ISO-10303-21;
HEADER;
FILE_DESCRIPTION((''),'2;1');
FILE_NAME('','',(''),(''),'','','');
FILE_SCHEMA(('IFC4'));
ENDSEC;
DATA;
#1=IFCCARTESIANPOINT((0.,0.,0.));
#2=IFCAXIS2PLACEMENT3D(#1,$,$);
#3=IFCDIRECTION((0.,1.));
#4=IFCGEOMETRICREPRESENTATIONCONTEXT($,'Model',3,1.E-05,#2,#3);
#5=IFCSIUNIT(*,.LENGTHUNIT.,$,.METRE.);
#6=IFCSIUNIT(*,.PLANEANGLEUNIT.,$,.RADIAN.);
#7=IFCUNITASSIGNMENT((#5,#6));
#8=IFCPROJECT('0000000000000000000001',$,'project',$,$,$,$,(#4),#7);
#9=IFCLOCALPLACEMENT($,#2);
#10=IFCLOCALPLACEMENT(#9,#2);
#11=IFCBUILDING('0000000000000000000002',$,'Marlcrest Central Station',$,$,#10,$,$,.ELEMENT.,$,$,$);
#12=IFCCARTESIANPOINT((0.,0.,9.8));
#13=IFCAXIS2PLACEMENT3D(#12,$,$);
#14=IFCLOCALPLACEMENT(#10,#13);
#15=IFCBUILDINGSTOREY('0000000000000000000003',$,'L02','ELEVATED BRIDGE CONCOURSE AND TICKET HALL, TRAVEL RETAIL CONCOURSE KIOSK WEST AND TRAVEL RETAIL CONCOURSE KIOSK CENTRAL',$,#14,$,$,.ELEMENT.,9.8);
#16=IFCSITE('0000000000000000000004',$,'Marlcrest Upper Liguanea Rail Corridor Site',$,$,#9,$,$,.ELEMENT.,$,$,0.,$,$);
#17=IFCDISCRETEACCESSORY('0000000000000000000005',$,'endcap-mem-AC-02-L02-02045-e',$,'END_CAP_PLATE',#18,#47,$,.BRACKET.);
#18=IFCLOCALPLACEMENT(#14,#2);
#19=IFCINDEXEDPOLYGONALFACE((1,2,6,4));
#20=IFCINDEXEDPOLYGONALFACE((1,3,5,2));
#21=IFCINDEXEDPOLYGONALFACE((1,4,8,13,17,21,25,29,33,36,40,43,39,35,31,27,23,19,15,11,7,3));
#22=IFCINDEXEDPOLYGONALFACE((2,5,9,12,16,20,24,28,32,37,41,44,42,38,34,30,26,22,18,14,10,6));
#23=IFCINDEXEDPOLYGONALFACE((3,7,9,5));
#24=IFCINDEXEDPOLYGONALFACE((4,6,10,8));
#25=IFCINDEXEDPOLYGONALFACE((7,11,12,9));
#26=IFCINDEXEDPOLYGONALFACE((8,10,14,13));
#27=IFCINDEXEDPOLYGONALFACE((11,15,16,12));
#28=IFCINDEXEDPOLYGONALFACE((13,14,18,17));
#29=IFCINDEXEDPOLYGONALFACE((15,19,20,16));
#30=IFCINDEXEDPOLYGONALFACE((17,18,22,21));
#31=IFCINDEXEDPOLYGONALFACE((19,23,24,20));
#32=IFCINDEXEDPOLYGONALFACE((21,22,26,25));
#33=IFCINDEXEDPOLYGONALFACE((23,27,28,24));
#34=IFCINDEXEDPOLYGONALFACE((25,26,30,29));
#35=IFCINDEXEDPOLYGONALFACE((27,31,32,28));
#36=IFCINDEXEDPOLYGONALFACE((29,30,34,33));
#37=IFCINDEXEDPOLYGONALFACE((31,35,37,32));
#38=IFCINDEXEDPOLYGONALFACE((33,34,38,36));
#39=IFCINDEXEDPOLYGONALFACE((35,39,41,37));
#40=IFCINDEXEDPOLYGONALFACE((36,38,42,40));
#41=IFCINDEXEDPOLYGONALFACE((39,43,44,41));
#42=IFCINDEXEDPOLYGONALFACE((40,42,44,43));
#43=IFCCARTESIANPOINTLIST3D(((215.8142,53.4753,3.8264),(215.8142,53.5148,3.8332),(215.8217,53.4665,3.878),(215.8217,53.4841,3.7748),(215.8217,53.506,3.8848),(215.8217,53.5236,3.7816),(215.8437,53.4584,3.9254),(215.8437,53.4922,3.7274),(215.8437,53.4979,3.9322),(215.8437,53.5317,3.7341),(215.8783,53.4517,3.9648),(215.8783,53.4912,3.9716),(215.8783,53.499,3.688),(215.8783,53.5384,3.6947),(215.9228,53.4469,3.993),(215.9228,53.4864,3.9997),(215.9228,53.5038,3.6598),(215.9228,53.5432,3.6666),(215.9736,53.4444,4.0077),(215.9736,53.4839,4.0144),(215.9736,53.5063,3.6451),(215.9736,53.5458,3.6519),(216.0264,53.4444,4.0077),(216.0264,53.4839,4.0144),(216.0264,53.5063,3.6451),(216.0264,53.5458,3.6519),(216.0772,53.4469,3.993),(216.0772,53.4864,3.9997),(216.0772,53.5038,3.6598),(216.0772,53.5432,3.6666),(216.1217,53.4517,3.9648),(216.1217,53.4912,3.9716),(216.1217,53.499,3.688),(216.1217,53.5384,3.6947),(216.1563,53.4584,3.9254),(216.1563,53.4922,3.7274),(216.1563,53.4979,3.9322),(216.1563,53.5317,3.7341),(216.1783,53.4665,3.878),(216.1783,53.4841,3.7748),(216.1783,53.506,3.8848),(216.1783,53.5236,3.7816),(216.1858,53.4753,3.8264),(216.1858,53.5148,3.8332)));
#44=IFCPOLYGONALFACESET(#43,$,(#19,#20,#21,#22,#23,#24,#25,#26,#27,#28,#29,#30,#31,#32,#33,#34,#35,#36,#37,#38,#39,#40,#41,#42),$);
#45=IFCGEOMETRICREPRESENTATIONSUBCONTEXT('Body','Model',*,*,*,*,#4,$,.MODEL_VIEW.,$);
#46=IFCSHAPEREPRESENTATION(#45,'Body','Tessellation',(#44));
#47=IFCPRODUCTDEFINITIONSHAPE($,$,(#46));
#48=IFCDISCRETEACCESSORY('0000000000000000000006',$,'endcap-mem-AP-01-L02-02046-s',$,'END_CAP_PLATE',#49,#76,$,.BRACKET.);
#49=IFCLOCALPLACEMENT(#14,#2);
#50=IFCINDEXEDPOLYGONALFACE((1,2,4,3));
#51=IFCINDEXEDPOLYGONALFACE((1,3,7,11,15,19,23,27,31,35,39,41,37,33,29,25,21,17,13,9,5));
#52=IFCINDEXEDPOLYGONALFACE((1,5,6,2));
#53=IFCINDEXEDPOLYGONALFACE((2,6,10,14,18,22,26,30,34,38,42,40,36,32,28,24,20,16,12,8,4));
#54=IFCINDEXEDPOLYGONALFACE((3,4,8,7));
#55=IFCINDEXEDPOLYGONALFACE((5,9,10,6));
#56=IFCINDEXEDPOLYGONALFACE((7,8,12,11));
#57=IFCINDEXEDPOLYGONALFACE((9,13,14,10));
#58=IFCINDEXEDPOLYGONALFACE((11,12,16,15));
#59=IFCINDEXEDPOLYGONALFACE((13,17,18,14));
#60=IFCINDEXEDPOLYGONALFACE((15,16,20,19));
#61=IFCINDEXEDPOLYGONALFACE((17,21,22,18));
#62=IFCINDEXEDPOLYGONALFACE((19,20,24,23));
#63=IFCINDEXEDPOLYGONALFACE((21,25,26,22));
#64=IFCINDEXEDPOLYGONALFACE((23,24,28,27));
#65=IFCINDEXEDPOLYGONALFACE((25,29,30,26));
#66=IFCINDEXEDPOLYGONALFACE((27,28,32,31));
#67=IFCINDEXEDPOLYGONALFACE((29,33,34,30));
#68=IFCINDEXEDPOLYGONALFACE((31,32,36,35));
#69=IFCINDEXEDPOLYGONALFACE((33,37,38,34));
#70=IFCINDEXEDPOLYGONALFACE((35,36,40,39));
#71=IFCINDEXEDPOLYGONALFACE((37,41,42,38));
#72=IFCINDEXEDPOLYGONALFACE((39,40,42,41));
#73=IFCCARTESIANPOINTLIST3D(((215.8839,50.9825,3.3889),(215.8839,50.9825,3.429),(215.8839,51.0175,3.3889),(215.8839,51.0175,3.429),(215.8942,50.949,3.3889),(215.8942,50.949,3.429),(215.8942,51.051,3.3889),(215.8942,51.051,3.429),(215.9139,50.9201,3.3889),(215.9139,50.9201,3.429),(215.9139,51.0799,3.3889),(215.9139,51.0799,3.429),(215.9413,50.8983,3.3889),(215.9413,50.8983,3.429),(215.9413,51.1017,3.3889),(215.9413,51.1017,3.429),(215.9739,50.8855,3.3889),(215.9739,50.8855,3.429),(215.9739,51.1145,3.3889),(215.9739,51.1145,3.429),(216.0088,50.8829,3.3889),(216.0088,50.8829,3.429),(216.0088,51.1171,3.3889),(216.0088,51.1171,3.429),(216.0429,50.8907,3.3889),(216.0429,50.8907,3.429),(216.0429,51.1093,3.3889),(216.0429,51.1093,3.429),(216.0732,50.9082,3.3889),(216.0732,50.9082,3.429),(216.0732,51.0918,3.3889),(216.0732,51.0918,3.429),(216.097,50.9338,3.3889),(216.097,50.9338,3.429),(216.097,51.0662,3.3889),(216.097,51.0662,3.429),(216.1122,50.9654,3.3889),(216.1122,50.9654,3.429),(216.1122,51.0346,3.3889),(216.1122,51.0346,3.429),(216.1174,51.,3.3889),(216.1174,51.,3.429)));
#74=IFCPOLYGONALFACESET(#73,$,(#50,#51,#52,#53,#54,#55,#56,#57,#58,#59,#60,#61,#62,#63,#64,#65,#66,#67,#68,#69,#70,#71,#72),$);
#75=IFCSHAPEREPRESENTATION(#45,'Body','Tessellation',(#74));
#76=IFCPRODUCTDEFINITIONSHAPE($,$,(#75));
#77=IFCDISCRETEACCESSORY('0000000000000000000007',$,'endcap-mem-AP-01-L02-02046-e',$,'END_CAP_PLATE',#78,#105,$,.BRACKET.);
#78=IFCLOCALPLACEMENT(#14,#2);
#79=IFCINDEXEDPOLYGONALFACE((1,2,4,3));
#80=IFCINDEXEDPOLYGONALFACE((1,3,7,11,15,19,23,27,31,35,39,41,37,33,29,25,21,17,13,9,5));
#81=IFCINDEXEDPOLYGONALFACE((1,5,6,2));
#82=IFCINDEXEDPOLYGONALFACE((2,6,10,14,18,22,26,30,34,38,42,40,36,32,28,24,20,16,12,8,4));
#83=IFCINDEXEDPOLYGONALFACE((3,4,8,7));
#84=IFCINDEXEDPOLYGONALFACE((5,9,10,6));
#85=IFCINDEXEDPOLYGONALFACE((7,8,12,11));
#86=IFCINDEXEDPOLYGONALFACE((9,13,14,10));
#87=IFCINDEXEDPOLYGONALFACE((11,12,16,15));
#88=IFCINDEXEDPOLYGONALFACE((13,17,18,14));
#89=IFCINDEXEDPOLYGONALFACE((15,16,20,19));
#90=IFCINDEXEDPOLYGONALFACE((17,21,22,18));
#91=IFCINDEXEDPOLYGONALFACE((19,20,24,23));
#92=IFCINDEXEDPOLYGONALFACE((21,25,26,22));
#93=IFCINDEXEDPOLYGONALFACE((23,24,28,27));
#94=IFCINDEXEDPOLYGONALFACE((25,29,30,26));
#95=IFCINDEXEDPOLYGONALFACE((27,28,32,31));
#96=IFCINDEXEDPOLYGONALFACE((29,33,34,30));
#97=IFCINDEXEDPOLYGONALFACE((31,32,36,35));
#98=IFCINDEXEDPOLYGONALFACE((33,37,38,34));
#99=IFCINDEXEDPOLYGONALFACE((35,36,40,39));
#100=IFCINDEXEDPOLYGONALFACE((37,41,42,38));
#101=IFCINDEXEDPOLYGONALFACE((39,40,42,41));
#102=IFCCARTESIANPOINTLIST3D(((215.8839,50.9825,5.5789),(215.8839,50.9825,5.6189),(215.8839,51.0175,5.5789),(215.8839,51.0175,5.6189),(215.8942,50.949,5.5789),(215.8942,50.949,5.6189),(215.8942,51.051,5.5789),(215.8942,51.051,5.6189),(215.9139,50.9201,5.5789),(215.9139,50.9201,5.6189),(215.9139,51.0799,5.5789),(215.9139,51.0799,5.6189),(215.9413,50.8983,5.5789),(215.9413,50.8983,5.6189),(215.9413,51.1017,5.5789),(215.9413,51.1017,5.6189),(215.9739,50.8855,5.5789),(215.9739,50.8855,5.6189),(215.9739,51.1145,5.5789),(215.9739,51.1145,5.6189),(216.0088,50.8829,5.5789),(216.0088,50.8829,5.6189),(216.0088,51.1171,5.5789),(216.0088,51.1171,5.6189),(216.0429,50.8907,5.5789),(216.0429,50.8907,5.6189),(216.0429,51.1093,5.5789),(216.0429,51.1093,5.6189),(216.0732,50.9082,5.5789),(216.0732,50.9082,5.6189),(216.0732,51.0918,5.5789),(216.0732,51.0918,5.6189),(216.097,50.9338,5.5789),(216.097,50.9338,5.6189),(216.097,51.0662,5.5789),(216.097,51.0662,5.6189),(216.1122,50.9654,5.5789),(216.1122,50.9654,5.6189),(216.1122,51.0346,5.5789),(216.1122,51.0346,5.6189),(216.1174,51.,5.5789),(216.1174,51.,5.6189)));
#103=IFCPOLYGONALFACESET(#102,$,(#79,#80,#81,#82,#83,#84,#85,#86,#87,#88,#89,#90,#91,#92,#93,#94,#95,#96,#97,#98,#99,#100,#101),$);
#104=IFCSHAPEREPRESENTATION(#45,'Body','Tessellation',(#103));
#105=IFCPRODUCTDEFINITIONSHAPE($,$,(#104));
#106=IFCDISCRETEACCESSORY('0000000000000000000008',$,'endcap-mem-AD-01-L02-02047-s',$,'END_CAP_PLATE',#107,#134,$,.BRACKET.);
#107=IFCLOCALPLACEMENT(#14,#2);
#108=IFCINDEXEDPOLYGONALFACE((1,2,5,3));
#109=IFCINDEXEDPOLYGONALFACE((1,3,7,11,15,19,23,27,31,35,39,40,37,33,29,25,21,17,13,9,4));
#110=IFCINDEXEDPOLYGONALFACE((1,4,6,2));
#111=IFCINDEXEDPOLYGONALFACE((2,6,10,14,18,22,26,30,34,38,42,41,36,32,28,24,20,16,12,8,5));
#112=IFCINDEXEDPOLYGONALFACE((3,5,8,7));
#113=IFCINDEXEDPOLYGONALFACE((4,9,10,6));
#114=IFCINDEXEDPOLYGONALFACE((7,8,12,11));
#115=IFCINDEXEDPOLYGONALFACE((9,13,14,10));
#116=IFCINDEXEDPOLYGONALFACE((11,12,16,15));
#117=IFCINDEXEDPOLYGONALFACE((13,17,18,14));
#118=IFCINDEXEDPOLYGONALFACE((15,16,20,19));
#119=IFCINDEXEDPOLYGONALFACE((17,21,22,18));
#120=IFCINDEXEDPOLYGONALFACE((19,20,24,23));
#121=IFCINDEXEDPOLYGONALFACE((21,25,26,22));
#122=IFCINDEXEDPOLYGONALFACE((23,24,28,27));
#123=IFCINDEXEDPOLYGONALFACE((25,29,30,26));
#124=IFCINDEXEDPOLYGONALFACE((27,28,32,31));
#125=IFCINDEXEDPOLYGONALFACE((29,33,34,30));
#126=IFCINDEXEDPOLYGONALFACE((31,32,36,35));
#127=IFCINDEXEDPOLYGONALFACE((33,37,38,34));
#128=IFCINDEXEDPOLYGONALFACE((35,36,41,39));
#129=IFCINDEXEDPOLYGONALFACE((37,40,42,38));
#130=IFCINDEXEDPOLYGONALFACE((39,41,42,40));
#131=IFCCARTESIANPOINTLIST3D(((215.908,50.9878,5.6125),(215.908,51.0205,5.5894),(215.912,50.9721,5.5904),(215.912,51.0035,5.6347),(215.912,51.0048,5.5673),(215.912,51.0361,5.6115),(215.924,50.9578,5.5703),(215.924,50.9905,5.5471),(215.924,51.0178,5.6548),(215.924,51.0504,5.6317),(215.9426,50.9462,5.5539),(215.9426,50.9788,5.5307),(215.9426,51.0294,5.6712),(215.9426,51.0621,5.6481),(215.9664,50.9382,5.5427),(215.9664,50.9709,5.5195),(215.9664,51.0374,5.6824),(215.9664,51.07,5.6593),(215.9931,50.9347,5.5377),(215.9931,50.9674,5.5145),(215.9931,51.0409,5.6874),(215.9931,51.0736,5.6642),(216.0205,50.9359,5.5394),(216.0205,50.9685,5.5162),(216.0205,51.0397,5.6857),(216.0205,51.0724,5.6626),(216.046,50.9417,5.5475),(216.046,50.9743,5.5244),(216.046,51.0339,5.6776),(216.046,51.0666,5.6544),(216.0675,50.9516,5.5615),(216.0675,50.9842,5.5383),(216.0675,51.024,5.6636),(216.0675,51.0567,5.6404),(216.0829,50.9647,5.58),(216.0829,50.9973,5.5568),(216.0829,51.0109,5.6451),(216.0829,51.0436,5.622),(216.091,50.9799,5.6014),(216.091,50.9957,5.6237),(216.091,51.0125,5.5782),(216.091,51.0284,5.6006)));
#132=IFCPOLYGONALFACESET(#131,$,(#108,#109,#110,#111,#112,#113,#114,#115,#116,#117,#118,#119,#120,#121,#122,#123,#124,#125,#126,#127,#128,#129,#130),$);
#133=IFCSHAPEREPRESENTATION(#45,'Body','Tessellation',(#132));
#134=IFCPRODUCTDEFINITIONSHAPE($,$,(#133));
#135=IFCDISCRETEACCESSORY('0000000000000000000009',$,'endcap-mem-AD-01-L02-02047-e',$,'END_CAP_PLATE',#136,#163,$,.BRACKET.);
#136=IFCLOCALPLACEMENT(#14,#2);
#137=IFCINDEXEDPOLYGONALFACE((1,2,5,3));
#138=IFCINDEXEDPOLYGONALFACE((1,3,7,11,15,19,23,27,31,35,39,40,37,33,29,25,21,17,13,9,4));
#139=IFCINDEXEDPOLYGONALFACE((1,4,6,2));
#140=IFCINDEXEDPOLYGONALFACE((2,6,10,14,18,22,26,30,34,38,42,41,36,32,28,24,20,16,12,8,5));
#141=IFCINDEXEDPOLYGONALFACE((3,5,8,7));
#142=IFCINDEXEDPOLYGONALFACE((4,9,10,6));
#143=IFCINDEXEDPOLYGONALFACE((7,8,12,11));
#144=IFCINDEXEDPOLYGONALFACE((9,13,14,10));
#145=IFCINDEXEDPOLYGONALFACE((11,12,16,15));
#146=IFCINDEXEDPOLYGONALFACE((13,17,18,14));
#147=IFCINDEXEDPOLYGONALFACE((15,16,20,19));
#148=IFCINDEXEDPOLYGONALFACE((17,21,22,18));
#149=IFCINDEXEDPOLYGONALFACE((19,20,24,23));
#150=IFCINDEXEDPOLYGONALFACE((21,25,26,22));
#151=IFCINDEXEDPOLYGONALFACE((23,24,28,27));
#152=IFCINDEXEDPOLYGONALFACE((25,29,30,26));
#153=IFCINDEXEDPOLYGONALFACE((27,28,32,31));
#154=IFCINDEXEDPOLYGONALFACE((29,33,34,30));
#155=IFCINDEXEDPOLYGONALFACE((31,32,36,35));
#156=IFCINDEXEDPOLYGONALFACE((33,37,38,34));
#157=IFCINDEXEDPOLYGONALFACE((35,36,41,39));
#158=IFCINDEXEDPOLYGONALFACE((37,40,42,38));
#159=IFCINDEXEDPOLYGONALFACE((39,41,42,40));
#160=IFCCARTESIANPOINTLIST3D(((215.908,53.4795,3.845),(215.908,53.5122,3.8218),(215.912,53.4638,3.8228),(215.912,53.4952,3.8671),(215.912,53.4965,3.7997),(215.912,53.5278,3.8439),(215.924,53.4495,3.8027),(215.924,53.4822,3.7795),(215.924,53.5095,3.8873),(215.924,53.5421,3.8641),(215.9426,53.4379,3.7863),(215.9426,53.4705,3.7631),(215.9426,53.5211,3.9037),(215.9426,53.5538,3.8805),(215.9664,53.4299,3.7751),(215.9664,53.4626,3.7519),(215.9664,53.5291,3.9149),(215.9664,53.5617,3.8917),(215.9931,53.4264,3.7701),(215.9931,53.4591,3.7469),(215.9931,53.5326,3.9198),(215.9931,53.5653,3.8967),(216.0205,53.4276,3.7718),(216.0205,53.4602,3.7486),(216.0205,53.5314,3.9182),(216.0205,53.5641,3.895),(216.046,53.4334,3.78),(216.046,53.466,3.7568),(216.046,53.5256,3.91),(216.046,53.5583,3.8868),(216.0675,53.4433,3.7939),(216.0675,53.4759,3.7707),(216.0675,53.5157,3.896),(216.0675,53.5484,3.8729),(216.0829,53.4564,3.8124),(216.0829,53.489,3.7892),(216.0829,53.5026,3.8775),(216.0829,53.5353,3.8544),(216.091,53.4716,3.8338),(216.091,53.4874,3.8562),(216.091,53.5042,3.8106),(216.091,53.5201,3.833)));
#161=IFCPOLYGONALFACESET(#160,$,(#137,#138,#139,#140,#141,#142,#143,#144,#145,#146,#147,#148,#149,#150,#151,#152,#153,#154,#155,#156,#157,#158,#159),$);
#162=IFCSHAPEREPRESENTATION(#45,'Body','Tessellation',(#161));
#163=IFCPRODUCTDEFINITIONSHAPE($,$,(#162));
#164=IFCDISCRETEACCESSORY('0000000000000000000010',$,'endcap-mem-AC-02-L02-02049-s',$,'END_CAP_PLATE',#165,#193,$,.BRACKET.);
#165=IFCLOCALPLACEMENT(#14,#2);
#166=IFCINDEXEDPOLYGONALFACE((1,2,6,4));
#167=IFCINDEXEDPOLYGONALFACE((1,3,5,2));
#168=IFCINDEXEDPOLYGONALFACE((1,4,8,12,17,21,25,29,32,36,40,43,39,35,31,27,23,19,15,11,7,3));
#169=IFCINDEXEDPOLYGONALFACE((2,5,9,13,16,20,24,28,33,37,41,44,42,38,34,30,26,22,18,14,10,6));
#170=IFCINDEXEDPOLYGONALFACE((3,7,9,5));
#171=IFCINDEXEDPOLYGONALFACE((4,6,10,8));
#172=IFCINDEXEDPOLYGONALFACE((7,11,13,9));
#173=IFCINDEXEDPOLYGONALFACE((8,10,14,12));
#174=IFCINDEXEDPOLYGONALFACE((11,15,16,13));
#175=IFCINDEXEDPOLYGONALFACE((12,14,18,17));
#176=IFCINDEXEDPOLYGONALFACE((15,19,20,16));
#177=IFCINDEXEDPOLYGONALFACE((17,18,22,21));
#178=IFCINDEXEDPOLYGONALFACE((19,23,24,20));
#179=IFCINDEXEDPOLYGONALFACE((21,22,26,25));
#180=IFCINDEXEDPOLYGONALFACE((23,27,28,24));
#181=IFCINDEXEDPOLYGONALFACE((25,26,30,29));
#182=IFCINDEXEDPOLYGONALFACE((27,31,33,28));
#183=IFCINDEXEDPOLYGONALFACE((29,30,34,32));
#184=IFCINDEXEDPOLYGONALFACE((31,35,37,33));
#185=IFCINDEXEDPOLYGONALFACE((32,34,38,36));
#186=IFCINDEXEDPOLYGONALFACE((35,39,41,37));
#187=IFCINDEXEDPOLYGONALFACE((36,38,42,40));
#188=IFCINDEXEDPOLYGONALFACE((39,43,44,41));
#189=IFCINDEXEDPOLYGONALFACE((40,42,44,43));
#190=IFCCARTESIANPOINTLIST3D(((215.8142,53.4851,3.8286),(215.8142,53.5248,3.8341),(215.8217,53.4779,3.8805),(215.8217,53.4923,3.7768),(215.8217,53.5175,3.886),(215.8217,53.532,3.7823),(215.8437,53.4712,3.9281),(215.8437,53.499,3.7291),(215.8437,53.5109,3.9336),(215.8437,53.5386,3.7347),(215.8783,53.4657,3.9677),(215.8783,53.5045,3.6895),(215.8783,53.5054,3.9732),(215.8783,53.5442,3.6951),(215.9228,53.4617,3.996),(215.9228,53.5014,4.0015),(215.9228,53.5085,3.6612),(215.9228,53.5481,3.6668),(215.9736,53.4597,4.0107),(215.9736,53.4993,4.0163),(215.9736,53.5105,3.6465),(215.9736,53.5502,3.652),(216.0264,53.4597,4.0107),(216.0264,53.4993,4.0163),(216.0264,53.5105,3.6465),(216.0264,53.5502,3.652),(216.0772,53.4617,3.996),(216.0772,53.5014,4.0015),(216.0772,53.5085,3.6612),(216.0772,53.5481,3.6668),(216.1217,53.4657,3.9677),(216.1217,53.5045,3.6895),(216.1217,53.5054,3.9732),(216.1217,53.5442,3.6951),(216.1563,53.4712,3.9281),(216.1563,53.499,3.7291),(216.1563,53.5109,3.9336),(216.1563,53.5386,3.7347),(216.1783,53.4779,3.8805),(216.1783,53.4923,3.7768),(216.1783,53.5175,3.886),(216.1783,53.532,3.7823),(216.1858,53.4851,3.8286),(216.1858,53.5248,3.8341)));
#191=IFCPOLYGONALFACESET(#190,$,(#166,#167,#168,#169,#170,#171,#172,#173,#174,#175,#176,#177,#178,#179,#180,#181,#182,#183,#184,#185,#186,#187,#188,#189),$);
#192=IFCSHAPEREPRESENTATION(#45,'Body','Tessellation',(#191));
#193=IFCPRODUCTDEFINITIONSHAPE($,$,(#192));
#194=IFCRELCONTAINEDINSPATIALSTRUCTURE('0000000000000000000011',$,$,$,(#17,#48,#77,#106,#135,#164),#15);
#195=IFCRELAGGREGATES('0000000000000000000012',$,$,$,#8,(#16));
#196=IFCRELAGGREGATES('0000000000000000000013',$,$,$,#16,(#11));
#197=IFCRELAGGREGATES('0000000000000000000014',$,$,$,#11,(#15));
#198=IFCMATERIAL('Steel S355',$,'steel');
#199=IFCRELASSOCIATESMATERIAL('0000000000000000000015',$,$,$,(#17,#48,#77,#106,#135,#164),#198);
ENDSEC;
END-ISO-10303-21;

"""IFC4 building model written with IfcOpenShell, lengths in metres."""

from ifc_helpers import new_model, si_unit, direction, frame, origin, origin_2d, place, context, subcontext, project, spatial, circle, extrude, material, element, save


model = new_model("IFC4")

# Units and contexts
model_context = context("Model", 3, precision=1e-05, world=origin(), true_north=direction((0.0, 1.0)))
body_context = subcontext(model_context, "Body", "Model", "MODEL_VIEW")
ifc_project = project(units=[si_unit("LENGTHUNIT", "METRE"), si_unit("PLANEANGLEUNIT", "RADIAN")], contexts=[model_context])

# Site, building, storey
site_placement = place(None, origin())
site = spatial("IfcSite", under=ifc_project, at=site_placement, Name="Marlcrest Upper Liguanea Rail Corridor Site", CompositionType="ELEMENT", RefElevation=0.0)
building_placement = place(site_placement, origin())
building = spatial("IfcBuilding", under=site, at=building_placement, Name="Marlcrest Central Station", CompositionType="ELEMENT")
storey_placement = place(building_placement, frame((0.0, 0.0, 9.8)))
storey = spatial("IfcBuildingStorey", under=building, at=storey_placement, Name="L02", Description="ELEVATED BRIDGE CONCOURSE AND TICKET HALL, TRAVEL RETAIL CONCOURSE KIOSK WEST AND TRAVEL RETAIL CONCOURSE KIOSK CENTRAL", CompositionType="ELEMENT", Elevation=9.8)

# Shared definitions
ifc_material = material(Name="Steel S355", Category="steel")

# Discrete accessories
for number, where, z_axis, x_axis, name in (
    (1, (216.0, 53.4753, 3.8264), (0.0, 0.985741, 0.168269), (-1.0, 0.0, 0.0), "endcap-mem-AC-02-L02-02045-e"),
):
    element("IfcDiscreteAccessory", number, at=place(storey_placement, frame(where, z_axis=z_axis, x_axis=x_axis)), inside=storey, material=ifc_material, Name=name, ObjectType="END_CAP_PLATE", PredefinedType="BRACKET", context=body_context, shape_type="SweptSolid", body=[
        extrude(circle(Radius=0.1858, at=origin_2d()), origin(), (0.0, 0.0, 1.0), 0.04),
    ])
for number, where, z_axis, x_axis, name in (
    (2, (216.0, 51.0, 3.3889), (0.0, 0.0, 1.0), (1.0, 0.0, 0.0), "endcap-mem-AP-01-L02-02046-s"),
    (3, (216.0, 51.0, 5.5789), (0.0, 0.0, 1.0), (1.0, 0.0, 0.0), "endcap-mem-AP-01-L02-02046-e"),
):
    element("IfcDiscreteAccessory", number, at=place(storey_placement, frame(where, z_axis=z_axis, x_axis=x_axis)), inside=storey, material=ifc_material, Name=name, ObjectType="END_CAP_PLATE", PredefinedType="BRACKET", context=body_context, shape_type="SweptSolid", body=[
        extrude(circle(Radius=0.1174, at=origin_2d()), origin(), (0.0, 0.0, 1.0), 0.04),
    ])
for number, where, z_axis, x_axis, name in (
    (4, (216.0, 50.9878, 5.6125), (0.0, 0.815661, -0.57853), (-1.0, 0.0, 0.0), "endcap-mem-AD-01-L02-02047-s"),
    (5, (216.0, 53.4795, 3.845), (0.0, 0.815661, -0.57853), (-1.0, 0.0, 0.0), "endcap-mem-AD-01-L02-02047-e"),
):
    element("IfcDiscreteAccessory", number, at=place(storey_placement, frame(where, z_axis=z_axis, x_axis=x_axis)), inside=storey, material=ifc_material, Name=name, ObjectType="END_CAP_PLATE", PredefinedType="BRACKET", context=body_context, shape_type="SweptSolid", body=[
        extrude(circle(Radius=0.092, at=origin_2d()), origin(), (0.0, 0.0, 1.0), 0.04),
    ])
discrete_accessory_1_placement = place(storey_placement, frame((216.0, 53.4851, 3.8286), z_axis=(0.0, 0.990403, 0.138211), x_axis=(-1.0, 0.0, 0.0)))
element("IfcDiscreteAccessory", 6, at=discrete_accessory_1_placement, inside=storey, material=ifc_material, Name="endcap-mem-AC-02-L02-02049-s", ObjectType="END_CAP_PLATE", PredefinedType="BRACKET", context=body_context, shape_type="SweptSolid", body=[
    extrude(circle(Radius=0.1858, at=origin_2d()), origin(), (0.0, 0.0, 1.0), 0.04),
])

save(model, "model.ifc")
